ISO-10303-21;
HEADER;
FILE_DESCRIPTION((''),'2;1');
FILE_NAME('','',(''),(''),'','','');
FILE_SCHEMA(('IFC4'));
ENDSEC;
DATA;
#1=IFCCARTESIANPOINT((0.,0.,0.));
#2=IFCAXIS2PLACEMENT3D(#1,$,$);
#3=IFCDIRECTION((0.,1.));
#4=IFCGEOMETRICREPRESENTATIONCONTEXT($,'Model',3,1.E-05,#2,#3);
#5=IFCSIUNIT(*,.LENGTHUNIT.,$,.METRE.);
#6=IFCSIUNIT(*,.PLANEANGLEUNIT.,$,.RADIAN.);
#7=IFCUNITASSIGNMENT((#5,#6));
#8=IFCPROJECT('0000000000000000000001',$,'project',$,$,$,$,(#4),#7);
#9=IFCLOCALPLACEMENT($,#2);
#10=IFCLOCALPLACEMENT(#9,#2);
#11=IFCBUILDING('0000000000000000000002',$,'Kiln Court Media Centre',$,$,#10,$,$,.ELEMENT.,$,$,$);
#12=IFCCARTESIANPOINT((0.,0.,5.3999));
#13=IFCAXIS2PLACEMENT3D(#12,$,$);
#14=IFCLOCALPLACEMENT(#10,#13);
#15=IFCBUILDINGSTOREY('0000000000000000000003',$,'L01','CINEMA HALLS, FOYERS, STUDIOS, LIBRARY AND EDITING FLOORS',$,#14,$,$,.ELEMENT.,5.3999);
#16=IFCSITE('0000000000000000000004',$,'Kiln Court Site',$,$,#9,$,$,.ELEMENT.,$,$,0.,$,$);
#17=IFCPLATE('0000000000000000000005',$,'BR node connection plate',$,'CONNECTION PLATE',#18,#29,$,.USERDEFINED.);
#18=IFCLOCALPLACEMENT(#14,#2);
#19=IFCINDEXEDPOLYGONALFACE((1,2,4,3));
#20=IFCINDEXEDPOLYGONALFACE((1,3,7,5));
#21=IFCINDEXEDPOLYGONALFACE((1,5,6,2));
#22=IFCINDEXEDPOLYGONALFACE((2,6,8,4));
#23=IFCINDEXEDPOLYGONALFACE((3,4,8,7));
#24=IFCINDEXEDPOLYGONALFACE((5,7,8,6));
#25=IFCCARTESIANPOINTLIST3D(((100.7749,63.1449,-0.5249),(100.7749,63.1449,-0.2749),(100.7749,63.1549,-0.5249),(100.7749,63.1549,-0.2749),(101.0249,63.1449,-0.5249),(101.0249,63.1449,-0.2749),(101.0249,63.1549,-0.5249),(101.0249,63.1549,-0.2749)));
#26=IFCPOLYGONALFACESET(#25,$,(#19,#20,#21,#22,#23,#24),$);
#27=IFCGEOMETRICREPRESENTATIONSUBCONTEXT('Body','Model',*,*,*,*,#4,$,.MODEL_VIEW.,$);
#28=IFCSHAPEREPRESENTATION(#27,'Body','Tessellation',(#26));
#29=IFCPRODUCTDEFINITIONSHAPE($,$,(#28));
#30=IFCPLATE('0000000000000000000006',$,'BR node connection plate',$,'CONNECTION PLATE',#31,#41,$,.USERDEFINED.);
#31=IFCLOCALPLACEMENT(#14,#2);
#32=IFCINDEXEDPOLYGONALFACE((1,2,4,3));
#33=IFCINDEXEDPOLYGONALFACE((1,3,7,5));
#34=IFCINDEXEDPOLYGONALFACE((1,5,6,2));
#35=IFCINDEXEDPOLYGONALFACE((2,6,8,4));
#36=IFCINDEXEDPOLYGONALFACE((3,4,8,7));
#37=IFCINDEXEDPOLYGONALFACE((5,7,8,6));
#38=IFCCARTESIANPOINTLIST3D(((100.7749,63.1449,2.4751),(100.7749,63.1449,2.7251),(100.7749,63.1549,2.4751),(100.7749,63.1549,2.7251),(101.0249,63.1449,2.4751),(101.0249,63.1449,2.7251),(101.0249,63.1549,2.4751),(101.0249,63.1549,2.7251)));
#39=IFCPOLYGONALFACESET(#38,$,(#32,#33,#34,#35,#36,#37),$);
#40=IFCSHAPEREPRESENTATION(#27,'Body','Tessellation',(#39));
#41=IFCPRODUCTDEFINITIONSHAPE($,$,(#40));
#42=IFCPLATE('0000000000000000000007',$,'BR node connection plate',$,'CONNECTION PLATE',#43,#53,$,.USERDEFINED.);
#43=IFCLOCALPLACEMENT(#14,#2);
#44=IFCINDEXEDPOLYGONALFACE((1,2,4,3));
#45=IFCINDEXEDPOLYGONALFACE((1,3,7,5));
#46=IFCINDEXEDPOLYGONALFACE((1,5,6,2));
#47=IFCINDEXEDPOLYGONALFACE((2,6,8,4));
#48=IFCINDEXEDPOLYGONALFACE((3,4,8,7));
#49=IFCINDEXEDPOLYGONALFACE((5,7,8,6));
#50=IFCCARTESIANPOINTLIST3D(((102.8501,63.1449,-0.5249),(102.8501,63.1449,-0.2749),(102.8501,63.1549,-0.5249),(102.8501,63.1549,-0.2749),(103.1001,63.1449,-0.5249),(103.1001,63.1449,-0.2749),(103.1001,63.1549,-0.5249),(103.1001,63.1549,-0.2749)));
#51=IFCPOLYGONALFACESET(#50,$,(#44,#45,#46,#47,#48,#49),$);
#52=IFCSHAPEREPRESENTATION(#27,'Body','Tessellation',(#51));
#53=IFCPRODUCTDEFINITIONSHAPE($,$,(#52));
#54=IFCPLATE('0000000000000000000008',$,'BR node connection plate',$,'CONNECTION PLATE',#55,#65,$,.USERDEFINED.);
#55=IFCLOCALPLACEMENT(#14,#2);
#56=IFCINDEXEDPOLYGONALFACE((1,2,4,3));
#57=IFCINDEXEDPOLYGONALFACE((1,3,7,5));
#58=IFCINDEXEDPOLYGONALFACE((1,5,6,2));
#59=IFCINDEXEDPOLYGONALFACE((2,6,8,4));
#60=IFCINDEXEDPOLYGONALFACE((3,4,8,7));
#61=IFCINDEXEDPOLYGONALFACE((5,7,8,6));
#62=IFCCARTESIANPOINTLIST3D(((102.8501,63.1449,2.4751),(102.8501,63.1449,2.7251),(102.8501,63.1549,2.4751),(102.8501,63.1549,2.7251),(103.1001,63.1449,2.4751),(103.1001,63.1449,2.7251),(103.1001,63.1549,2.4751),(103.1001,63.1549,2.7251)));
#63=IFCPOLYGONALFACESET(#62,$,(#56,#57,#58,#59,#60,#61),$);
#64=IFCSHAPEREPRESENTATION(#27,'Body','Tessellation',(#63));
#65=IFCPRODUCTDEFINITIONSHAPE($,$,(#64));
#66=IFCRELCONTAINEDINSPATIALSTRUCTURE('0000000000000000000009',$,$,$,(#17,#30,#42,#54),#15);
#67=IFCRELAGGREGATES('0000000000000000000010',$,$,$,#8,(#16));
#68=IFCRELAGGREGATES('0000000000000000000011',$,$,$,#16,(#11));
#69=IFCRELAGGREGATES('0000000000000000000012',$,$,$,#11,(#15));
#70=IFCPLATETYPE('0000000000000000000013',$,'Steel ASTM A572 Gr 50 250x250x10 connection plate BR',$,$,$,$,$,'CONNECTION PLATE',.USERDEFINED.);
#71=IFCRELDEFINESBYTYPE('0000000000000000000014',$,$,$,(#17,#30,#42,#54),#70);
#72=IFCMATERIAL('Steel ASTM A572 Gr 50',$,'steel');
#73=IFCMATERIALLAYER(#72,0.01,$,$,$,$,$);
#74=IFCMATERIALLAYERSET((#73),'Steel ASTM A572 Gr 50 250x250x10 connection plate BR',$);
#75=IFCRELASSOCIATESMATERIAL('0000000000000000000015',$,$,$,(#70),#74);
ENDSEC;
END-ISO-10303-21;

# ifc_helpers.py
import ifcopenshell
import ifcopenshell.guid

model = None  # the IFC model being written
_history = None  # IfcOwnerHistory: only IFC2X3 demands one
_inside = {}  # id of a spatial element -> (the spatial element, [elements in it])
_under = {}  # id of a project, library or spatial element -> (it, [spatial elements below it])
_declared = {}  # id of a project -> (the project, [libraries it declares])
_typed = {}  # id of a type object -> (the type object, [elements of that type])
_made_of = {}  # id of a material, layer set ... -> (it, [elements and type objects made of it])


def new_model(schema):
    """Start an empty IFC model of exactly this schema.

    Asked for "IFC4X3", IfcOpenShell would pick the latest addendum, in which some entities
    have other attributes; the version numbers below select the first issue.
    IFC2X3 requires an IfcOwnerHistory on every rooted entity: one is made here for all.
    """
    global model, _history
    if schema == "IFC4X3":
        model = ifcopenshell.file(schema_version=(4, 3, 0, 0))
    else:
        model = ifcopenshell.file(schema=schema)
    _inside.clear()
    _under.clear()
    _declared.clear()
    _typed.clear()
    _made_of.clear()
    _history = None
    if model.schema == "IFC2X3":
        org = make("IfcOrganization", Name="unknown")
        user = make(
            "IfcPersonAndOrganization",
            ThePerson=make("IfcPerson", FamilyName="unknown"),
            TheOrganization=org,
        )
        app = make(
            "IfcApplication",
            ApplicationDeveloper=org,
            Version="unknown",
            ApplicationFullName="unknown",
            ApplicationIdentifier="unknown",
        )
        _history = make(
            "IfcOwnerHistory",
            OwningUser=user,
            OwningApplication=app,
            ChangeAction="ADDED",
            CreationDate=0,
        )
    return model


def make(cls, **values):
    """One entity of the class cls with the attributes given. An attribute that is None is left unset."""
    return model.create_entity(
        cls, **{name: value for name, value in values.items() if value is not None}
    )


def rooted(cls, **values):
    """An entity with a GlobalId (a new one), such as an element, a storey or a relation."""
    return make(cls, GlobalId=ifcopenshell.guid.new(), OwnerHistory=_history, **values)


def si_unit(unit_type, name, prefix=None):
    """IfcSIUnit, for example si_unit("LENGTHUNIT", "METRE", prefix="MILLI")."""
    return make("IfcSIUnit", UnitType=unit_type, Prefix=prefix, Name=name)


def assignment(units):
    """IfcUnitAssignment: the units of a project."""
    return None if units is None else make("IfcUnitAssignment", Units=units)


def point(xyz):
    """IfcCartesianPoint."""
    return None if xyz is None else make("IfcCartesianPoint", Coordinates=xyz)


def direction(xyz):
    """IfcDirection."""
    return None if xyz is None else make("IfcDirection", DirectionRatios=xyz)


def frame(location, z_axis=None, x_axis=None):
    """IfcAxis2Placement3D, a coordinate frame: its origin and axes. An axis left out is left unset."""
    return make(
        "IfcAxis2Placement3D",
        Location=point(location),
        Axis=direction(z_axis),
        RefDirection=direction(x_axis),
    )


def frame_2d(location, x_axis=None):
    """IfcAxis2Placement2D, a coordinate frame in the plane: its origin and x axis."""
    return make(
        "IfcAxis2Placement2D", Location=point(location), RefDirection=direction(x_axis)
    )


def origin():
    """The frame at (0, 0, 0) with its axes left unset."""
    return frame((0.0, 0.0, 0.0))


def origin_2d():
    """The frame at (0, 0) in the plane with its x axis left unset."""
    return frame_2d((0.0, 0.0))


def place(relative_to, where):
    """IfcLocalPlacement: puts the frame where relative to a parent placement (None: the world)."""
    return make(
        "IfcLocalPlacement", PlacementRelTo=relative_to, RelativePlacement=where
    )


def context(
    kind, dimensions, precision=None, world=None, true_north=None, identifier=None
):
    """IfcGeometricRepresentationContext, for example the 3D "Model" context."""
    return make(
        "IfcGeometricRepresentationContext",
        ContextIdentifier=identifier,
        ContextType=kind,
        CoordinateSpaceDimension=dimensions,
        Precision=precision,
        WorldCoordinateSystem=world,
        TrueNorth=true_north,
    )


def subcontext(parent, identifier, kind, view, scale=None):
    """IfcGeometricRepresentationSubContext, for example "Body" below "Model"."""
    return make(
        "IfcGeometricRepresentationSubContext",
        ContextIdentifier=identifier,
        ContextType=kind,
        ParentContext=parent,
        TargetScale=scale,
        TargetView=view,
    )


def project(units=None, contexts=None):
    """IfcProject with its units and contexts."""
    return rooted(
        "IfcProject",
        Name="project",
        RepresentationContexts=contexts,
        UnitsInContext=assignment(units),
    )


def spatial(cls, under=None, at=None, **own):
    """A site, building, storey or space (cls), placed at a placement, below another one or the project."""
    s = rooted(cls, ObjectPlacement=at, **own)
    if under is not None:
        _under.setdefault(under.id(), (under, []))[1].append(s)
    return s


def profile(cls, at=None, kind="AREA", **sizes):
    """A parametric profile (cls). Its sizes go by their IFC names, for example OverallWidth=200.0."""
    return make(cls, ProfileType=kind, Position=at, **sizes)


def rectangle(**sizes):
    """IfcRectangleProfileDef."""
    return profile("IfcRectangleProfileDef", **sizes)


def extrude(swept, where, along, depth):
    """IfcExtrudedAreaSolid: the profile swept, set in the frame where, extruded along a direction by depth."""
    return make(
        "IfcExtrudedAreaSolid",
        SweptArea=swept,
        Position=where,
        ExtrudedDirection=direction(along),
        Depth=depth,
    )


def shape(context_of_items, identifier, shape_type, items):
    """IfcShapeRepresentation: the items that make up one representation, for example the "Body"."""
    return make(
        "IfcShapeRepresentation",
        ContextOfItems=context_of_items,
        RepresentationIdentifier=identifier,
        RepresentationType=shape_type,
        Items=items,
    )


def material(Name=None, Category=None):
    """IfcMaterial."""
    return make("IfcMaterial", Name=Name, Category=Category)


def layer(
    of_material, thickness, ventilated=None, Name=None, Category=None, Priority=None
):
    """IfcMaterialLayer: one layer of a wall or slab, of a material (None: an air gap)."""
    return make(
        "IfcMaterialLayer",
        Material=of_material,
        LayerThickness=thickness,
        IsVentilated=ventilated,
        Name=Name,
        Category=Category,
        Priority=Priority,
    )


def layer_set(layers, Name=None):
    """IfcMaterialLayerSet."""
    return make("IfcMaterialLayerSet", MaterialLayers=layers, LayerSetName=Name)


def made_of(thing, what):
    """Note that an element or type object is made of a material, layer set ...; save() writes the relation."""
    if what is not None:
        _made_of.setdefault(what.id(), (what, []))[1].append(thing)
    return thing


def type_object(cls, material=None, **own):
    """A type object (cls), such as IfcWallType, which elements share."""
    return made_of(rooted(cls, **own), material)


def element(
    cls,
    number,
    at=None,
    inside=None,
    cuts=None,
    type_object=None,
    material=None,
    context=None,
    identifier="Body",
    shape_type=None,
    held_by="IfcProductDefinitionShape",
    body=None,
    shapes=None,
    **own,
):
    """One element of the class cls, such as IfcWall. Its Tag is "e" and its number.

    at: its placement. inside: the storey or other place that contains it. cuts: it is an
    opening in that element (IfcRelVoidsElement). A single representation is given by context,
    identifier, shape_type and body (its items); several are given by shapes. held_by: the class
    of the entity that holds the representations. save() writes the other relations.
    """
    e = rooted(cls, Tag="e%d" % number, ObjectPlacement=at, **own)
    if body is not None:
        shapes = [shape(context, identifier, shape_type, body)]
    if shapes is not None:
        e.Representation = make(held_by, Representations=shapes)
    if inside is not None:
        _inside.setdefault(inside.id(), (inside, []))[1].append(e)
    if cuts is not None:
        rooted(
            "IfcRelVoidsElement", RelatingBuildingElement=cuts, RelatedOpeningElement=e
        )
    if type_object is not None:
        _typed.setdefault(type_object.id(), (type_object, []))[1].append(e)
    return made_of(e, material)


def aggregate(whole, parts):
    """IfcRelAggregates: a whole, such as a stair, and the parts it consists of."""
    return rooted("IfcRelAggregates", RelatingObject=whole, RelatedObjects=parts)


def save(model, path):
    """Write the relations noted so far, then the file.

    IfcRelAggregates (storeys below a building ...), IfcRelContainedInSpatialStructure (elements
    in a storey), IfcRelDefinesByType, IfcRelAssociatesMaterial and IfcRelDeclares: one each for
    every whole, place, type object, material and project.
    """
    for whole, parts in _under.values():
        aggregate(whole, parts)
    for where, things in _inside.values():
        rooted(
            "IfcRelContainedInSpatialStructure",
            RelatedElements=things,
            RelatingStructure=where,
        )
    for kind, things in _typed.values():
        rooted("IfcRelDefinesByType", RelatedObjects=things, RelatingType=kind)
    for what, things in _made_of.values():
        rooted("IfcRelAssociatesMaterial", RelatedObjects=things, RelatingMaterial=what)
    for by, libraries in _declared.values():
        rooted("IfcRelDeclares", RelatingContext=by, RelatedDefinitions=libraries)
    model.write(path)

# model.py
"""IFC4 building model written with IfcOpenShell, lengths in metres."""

from ifc_helpers import new_model, si_unit, direction, frame, origin, origin_2d, place, context, subcontext, project, spatial, rectangle, extrude, material, layer, layer_set, type_object, element, save


model = new_model("IFC4")

# Units and contexts
model_context = context("Model", 3, precision=1e-05, world=origin(), true_north=direction((0.0, 1.0)))
body_context = subcontext(model_context, "Body", "Model", "MODEL_VIEW")
ifc_project = project(units=[si_unit("LENGTHUNIT", "METRE"), si_unit("PLANEANGLEUNIT", "RADIAN")], contexts=[model_context])

# Site, building, storey
site_placement = place(None, origin())
site = spatial("IfcSite", under=ifc_project, at=site_placement, Name="Kiln Court Site", CompositionType="ELEMENT", RefElevation=0.0)
building_placement = place(site_placement, origin())
building = spatial("IfcBuilding", under=site, at=building_placement, Name="Kiln Court Media Centre", CompositionType="ELEMENT")
storey_placement = place(building_placement, frame((0.0, 0.0, 5.3999)))
storey = spatial("IfcBuildingStorey", under=building, at=storey_placement, Name="L01", Description="CINEMA HALLS, FOYERS, STUDIOS, LIBRARY AND EDITING FLOORS", CompositionType="ELEMENT", Elevation=5.3999)

# Plates
ifc_material_1 = material(Name="Steel ASTM A572 Gr 50", Category="steel")
ifc_layer_1 = layer(ifc_material_1, 0.01)
ifc_layer_set_1 = layer_set([ifc_layer_1], Name="Steel ASTM A572 Gr 50 250x250x10 connection plate BR")
plate_type_1 = type_object("IfcPlateType", Name="Steel ASTM A572 Gr 50 250x250x10 connection plate BR", ElementType="CONNECTION PLATE", PredefinedType="USERDEFINED", material=ifc_layer_set_1)
for number, where, z_axis, x_axis, name in (
    (1, (100.8999, 63.1499, -0.5249), (0.0, 0.0, 1.0), (1.0, 0.0, 0.0), "BR node connection plate"),
    (2, (100.8999, 63.1499, 2.4751), (0.0, 0.0, 1.0), (1.0, 0.0, 0.0), "BR node connection plate"),
    (3, (102.9751, 63.1499, -0.5249), (0.0, 0.0, 1.0), (1.0, 0.0, 0.0), "BR node connection plate"),
    (4, (102.9751, 63.1499, 2.4751), (0.0, 0.0, 1.0), (1.0, 0.0, 0.0), "BR node connection plate"),
):
    element("IfcPlate", number, at=place(storey_placement, frame(where, z_axis=z_axis, x_axis=x_axis)), inside=storey, type_object=plate_type_1, Name=name, ObjectType="CONNECTION PLATE", PredefinedType="USERDEFINED", context=body_context, shape_type="SweptSolid", body=[
        extrude(rectangle(XDim=0.25, YDim=0.01, at=origin_2d()), origin(), (0.0, 0.0, 1.0), 0.25),
    ])

save(model, "model.ifc")
